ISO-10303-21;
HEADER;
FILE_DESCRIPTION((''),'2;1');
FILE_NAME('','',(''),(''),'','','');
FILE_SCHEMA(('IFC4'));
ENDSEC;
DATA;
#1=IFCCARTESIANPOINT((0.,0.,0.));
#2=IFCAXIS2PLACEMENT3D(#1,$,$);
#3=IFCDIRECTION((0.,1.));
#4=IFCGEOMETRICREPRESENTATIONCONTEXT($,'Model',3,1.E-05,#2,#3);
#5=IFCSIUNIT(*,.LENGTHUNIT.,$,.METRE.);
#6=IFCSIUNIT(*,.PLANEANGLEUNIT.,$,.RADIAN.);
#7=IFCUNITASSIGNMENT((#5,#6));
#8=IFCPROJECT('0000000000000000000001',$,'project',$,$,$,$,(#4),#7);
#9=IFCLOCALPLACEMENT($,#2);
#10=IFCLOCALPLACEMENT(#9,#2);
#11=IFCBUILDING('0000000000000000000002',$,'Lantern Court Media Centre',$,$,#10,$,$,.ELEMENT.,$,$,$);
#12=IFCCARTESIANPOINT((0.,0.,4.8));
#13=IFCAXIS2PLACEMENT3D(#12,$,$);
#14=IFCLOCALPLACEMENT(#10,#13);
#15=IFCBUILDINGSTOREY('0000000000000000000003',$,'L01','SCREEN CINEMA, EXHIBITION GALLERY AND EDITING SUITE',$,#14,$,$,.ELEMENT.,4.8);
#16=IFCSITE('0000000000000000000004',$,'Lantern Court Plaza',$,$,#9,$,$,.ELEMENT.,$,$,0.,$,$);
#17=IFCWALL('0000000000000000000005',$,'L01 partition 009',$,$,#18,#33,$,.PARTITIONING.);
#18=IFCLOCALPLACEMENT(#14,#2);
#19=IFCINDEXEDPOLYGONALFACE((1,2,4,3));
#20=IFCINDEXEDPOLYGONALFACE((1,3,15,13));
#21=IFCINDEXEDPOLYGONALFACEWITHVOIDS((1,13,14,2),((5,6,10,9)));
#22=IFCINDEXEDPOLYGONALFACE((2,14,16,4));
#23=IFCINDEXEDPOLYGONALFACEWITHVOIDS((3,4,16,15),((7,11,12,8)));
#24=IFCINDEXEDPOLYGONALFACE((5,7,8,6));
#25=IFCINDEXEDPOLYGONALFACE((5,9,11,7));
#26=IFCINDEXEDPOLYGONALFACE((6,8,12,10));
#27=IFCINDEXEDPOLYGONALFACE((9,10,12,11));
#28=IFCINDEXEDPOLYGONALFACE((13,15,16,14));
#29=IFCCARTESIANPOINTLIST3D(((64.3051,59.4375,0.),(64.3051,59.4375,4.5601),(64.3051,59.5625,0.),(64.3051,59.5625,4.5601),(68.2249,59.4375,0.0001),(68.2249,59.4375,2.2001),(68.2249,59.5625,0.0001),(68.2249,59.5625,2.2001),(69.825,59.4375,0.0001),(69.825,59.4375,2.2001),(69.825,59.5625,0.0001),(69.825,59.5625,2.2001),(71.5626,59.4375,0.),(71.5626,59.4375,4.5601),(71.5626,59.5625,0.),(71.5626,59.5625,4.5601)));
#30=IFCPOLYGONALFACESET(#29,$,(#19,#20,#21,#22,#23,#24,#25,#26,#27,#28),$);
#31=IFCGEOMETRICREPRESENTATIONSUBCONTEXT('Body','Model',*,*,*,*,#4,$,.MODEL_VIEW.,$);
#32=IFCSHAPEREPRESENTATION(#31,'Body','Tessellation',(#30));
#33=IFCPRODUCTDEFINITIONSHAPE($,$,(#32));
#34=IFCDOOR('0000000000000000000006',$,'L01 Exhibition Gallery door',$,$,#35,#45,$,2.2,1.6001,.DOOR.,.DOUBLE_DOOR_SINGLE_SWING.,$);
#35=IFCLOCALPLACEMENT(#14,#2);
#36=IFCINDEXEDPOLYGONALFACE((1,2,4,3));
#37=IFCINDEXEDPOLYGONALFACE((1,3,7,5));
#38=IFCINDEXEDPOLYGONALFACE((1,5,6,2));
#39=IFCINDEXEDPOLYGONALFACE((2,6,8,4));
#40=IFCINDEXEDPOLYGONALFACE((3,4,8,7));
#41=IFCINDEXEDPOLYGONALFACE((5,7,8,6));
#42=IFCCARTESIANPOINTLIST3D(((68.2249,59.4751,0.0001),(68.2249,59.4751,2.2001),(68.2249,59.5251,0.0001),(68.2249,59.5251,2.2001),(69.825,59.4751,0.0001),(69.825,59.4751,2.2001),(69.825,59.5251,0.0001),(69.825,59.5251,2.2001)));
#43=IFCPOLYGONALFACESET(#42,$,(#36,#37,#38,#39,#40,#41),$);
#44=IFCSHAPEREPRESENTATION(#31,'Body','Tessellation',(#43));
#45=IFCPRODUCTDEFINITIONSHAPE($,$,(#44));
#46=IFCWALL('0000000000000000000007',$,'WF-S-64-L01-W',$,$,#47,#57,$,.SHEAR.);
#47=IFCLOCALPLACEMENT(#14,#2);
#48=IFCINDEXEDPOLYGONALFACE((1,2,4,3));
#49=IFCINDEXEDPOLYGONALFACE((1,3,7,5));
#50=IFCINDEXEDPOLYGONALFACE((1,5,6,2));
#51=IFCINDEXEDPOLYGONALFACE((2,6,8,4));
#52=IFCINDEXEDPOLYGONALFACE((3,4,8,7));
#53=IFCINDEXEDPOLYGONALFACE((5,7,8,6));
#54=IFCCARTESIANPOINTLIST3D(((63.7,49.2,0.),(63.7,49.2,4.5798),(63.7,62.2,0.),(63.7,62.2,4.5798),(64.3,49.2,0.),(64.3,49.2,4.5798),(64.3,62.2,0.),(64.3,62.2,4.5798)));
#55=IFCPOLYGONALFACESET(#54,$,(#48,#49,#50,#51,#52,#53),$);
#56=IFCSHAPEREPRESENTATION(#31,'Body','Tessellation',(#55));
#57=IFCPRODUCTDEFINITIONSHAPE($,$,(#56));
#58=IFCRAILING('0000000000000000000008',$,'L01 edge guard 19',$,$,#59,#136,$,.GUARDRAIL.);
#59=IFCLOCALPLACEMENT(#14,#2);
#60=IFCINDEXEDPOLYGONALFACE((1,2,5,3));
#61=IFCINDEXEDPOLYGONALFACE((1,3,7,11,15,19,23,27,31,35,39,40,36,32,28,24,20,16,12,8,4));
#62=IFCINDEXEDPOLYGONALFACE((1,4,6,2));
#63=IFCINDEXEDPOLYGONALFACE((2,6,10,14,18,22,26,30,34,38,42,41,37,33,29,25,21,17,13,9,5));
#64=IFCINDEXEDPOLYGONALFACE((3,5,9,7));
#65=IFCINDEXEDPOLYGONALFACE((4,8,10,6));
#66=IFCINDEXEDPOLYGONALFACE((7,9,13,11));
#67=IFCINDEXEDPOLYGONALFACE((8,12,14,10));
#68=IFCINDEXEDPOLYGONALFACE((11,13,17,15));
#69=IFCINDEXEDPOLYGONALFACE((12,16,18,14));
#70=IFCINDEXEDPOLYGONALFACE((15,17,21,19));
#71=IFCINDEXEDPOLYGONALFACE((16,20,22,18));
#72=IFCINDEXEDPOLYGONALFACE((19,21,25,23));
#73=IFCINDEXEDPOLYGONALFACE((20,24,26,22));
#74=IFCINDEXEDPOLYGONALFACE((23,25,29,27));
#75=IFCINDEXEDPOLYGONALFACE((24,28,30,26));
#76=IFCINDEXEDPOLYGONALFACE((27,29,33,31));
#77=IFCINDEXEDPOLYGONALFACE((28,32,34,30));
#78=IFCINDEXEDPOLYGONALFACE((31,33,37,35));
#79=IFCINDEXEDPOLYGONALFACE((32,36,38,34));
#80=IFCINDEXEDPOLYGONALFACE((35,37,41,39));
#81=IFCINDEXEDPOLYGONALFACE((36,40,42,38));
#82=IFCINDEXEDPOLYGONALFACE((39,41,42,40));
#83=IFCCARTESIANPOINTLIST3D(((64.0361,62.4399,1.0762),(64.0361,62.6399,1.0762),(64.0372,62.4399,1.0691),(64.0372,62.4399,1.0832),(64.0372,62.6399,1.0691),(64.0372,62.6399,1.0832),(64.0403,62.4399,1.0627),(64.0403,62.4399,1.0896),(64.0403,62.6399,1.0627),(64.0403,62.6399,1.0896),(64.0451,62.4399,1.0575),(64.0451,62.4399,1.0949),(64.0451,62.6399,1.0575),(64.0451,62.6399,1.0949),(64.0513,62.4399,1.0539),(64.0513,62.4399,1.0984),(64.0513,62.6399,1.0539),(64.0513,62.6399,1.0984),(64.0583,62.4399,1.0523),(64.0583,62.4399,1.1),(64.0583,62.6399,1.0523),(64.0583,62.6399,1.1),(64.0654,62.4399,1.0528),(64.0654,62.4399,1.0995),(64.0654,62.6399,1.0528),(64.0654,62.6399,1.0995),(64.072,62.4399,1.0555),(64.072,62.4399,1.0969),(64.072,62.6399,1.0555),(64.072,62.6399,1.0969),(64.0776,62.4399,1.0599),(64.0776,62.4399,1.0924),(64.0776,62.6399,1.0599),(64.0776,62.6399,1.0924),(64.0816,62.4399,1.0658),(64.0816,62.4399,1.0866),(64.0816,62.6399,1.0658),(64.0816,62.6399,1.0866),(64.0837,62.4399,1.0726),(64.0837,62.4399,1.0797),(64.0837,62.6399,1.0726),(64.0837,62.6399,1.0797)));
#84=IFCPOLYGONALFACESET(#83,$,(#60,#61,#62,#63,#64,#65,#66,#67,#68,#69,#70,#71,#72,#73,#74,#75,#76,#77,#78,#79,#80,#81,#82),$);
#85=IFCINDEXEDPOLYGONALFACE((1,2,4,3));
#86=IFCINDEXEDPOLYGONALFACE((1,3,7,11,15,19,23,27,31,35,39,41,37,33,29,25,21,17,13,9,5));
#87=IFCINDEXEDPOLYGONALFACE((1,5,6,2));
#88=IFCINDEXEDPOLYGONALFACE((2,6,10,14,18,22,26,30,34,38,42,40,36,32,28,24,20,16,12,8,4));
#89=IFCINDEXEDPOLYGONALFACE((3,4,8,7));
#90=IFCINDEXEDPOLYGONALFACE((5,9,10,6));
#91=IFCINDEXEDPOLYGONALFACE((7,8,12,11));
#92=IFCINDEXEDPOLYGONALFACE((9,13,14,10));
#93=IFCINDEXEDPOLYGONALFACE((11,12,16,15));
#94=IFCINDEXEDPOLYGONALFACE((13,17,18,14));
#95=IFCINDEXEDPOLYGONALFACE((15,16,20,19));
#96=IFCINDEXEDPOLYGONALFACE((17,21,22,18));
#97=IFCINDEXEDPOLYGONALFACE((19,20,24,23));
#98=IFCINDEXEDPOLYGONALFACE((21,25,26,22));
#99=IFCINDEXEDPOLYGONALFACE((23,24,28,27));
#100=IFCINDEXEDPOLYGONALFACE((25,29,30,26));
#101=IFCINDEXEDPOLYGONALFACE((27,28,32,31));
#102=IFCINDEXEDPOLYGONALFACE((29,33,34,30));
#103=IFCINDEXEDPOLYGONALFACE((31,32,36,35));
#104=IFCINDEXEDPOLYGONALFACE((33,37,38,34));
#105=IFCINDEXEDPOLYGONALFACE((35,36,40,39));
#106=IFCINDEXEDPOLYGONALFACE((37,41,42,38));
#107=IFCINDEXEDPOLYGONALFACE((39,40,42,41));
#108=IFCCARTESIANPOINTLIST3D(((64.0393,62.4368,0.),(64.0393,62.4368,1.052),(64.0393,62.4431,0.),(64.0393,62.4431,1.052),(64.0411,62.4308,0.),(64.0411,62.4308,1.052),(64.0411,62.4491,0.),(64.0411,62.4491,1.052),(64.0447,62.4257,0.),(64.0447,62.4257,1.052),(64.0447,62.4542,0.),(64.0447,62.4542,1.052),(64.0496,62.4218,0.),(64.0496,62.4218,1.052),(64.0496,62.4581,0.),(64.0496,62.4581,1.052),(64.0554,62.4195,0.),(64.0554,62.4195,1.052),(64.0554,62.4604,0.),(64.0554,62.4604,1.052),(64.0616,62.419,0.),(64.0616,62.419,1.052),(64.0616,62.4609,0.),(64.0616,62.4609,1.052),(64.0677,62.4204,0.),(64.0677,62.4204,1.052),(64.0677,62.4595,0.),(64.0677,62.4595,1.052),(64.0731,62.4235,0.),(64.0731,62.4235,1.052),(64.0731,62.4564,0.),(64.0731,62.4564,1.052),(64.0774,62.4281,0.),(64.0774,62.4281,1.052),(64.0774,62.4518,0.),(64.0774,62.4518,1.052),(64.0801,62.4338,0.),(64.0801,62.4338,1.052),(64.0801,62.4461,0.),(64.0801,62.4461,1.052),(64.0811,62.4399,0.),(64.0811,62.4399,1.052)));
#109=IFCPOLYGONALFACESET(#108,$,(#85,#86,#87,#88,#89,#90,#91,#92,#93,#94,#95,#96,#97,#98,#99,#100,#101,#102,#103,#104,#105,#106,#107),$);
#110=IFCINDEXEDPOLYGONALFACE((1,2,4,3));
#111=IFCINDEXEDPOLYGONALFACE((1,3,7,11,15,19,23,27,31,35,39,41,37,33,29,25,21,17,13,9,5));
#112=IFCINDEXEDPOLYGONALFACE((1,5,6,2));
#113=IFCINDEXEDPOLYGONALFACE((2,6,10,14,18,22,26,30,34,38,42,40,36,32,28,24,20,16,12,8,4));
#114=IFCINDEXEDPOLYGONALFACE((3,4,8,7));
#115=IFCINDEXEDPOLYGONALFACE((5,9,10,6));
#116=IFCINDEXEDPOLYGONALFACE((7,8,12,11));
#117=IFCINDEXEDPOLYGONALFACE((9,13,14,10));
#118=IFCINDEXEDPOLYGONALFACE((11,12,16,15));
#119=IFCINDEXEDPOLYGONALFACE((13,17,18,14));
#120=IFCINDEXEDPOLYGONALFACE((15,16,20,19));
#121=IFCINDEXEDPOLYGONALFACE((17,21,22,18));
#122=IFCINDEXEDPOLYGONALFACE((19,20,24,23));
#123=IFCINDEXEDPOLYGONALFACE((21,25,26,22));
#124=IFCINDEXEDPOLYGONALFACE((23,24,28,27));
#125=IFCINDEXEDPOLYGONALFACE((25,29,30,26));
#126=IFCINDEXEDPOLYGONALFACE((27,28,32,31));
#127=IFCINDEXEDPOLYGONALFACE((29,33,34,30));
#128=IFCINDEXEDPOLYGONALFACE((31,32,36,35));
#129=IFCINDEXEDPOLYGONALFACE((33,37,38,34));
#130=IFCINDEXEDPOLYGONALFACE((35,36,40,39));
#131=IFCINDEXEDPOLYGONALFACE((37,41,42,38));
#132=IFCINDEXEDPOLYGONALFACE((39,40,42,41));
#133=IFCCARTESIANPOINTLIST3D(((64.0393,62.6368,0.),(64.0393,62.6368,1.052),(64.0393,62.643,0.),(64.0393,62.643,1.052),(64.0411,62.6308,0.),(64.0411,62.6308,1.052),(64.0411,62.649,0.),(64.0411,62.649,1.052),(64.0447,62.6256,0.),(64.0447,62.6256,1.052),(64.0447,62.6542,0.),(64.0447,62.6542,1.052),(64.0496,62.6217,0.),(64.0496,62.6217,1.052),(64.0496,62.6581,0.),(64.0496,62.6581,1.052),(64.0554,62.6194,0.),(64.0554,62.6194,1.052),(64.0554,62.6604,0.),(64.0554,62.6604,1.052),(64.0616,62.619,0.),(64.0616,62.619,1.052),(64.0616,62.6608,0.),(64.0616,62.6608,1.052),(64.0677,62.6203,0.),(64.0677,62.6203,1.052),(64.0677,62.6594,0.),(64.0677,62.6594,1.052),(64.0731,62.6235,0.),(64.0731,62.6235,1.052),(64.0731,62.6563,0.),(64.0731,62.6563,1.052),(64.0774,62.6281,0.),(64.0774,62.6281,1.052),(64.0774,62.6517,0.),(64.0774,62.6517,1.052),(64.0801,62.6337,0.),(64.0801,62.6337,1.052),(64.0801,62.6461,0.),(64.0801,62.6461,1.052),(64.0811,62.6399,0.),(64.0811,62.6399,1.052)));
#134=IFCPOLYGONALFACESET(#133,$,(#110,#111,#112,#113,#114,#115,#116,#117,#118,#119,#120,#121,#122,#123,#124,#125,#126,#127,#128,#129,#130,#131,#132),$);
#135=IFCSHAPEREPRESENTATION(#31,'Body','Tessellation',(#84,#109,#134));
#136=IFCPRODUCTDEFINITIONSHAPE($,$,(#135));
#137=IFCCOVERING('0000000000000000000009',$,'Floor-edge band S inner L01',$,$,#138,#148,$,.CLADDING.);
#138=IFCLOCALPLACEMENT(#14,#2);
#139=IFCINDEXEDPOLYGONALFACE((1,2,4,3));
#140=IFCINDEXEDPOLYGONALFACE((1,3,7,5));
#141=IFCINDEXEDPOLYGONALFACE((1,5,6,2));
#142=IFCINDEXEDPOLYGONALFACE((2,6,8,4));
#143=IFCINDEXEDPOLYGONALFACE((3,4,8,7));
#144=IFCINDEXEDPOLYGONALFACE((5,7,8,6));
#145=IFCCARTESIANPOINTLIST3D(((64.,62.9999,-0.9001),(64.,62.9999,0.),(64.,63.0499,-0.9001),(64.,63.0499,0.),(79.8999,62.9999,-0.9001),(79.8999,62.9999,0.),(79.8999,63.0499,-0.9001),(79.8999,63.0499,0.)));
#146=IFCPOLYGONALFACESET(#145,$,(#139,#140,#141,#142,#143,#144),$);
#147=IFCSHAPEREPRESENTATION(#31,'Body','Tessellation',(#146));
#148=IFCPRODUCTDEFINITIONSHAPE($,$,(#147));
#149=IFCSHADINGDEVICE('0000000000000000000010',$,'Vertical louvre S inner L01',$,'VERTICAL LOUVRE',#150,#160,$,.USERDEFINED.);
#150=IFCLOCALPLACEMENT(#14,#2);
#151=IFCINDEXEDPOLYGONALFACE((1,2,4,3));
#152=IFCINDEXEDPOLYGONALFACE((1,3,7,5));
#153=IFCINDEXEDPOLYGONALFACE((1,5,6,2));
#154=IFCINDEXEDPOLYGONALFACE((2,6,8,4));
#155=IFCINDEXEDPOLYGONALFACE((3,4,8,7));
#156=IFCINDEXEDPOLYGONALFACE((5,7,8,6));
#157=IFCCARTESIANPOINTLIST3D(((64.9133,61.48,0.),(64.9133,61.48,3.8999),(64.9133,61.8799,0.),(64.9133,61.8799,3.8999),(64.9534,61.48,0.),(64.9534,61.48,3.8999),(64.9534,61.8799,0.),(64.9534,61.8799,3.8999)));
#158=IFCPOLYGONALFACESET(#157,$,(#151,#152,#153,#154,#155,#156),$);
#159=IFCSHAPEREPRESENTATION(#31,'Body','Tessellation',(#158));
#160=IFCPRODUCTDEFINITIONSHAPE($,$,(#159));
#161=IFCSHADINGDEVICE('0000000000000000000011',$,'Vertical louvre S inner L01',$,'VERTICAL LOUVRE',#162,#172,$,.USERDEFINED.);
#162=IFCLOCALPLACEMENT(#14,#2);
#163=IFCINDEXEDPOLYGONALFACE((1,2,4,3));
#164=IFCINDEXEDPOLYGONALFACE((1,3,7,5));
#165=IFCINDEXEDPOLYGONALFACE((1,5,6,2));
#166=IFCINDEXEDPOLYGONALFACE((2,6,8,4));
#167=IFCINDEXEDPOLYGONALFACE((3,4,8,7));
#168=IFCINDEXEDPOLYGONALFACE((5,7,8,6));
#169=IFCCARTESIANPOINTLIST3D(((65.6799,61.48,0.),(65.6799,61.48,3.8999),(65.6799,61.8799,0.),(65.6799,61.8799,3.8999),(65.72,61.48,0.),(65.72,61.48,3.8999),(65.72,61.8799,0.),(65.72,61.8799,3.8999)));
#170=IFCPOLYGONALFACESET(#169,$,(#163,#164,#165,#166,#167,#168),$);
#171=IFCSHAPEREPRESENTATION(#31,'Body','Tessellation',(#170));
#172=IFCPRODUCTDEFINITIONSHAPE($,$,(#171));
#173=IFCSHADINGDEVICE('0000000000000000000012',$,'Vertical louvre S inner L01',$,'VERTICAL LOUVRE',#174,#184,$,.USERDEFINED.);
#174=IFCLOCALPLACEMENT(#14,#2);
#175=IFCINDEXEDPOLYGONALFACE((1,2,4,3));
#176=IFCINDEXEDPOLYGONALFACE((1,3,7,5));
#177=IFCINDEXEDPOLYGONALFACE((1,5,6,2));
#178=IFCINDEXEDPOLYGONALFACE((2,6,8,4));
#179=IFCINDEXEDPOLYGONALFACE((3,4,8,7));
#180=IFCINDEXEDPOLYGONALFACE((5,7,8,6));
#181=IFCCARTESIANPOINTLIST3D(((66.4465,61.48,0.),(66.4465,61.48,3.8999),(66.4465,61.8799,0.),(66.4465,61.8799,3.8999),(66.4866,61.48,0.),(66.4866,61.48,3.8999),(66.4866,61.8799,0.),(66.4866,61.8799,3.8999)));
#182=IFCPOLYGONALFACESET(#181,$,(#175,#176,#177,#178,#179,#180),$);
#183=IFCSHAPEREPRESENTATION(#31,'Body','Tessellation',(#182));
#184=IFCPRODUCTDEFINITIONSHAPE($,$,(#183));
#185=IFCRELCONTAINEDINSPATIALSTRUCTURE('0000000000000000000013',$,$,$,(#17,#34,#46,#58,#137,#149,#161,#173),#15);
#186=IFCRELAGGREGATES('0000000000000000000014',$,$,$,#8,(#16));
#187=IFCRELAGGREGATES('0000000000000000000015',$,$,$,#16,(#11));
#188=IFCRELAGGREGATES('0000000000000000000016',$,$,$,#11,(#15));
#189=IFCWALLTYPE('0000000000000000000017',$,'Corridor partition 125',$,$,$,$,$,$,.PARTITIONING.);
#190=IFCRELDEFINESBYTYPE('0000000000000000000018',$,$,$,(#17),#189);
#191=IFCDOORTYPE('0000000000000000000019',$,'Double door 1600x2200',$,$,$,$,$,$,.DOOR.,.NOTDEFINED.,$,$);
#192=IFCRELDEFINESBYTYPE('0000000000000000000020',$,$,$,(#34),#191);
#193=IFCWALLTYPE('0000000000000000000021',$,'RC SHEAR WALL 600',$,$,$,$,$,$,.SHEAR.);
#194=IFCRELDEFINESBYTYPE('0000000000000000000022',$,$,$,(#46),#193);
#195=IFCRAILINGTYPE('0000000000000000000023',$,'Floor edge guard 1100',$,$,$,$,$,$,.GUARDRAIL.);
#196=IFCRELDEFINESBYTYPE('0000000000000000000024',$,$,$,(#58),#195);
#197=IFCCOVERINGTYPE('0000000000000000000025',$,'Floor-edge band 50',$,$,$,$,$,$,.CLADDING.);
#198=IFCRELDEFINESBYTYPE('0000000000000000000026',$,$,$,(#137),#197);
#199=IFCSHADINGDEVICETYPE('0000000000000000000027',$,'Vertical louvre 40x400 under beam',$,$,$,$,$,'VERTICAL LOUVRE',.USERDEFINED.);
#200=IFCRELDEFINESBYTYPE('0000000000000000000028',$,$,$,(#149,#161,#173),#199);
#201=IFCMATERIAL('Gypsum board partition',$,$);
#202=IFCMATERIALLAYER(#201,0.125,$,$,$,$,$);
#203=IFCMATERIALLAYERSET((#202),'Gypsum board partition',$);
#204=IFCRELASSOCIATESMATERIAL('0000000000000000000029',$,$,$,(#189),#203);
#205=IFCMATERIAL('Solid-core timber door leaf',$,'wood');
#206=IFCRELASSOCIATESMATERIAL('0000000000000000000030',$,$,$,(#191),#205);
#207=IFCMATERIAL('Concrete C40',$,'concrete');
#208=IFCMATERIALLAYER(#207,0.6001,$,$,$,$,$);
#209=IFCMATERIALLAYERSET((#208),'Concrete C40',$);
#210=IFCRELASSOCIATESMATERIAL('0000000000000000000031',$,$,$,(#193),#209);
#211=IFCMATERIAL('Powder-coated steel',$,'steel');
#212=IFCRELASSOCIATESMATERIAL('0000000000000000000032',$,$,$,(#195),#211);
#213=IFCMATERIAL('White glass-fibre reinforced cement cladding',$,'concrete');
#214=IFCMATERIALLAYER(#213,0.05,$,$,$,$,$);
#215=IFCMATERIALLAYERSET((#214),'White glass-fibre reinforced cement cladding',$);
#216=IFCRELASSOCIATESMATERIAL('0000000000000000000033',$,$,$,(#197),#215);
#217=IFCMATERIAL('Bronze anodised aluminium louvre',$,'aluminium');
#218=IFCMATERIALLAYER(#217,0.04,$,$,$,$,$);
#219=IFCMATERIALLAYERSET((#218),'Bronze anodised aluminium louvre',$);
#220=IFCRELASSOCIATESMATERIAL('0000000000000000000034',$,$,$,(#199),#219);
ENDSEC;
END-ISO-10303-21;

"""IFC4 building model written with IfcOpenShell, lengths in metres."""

from ifc_helpers import new_model, si_unit, direction, frame, frame_2d, origin, origin_2d, place, context, subcontext, project, spatial, rectangle, circle, extrude, material, layer, layer_set, type_object, element, fill, save


model = new_model("IFC4")

# Units and contexts
model_context = context("Model", 3, precision=1e-05, world=origin(), true_north=direction((0.0, 1.0)))
body_context = subcontext(model_context, "Body", "Model", "MODEL_VIEW")
ifc_project = project(units=[si_unit("LENGTHUNIT", "METRE"), si_unit("PLANEANGLEUNIT", "RADIAN")], contexts=[model_context])

# Site, building, storey
site_placement = place(None, origin())
site = spatial("IfcSite", under=ifc_project, at=site_placement, Name="Lantern Court Plaza", CompositionType="ELEMENT", RefElevation=0.0)
building_placement = place(site_placement, origin())
building = spatial("IfcBuilding", under=site, at=building_placement, Name="Lantern Court Media Centre", CompositionType="ELEMENT")
storey_placement = place(building_placement, frame((0.0, 0.0, 4.8)))
storey = spatial("IfcBuildingStorey", under=building, at=storey_placement, Name="L01", Description="SCREEN CINEMA, EXHIBITION GALLERY AND EDITING SUITE", CompositionType="ELEMENT", Elevation=4.8)

# Wall, opening, door
ifc_material_1 = material(Name="Gypsum board partition")
ifc_layer_1 = layer(ifc_material_1, 0.125)
ifc_layer_set_1 = layer_set([ifc_layer_1], Name="Gypsum board partition")
wall_type_1 = type_object("IfcWallType", Name="Corridor partition 125", PredefinedType="PARTITIONING", material=ifc_layer_set_1)
wall_1_placement = place(storey_placement, frame((64.3049, 59.5, 0.0), z_axis=(0.0, 0.0, 1.0), x_axis=(1.0, 0.0, 0.0)))
wall_1 = element("IfcWall", 1, at=wall_1_placement, inside=storey, type_object=wall_type_1, Name="L01 partition 009", PredefinedType="PARTITIONING", context=body_context, shape_type="SweptSolid", body=[
    extrude(rectangle(XDim=7.2576, YDim=0.125, at=frame_2d((3.6289, 0.0))), origin(), (0.0, 0.0, 1.0), 4.5601),
])
opening_placement = place(wall_1_placement, frame((3.9199, 0.0, 0.0)))
opening = element("IfcOpeningElement", 2, at=opening_placement, cuts=wall_1, PredefinedType="OPENING", context=body_context, shape_type="SweptSolid", body=[
    extrude(rectangle(XDim=1.6001, YDim=2.2, at=frame_2d((0.8, 1.1001))), frame((0.0, 0.0725, 0.0), z_axis=(0.0, -1.0, 0.0), x_axis=(1.0, 0.0, 0.0)), (0.0, 0.0, 1.0), 0.145),
])
ifc_material_2 = material(Name="Solid-core timber door leaf", Category="wood")
door_type = type_object("IfcDoorType", Name="Double door 1600x2200", OperationType="NOTDEFINED", PredefinedType="DOOR", material=ifc_material_2)
door_placement = place(opening_placement, frame((1.6001, 0.0, 0.0), z_axis=(0.0, 0.0, 1.0), x_axis=(-1.0, 0.0, 0.0)))
door = element("IfcDoor", 3, at=door_placement, inside=storey, type_object=door_type, Name="L01 Exhibition Gallery door", OperationType="DOUBLE_DOOR_SINGLE_SWING", OverallHeight=2.2, OverallWidth=1.6001, PredefinedType="DOOR", context=body_context, shape_type="SweptSolid", body=[
    extrude(rectangle(XDim=1.6001, YDim=2.2, at=frame_2d((0.8, 1.1001))), frame((0.0, 0.0249, 0.0), z_axis=(0.0, -1.0, 0.0), x_axis=(1.0, 0.0, 0.0)), (0.0, 0.0, 1.0), 0.05),
])
fill(opening, door)

# Wall
ifc_material_3 = material(Name="Concrete C40", Category="concrete")
ifc_layer_2 = layer(ifc_material_3, 0.6001)
ifc_layer_set_2 = layer_set([ifc_layer_2], Name="Concrete C40")
wall_type_2 = type_object("IfcWallType", Name="RC SHEAR WALL 600", PredefinedType="SHEAR", material=ifc_layer_set_2)
wall_2_placement = place(storey_placement, frame((64.0, 49.2, 0.0), z_axis=(0.0, 0.0, 1.0), x_axis=(0.0, 1.0, 0.0)))
element("IfcWall", 4, at=wall_2_placement, inside=storey, type_object=wall_type_2, Name="WF-S-64-L01-W", PredefinedType="SHEAR", context=body_context, shape_type="SweptSolid", body=[
    extrude(rectangle(XDim=13.0, YDim=0.6001, at=frame_2d((6.5, 0.0))), origin(), (0.0, 0.0, 1.0), 4.5798),
])

# Railing
ifc_material_4 = material(Name="Powder-coated steel", Category="steel")
railing_type_1 = type_object("IfcRailingType", Name="Floor edge guard 1100", PredefinedType="GUARDRAIL", material=ifc_material_4)
railing_1_placement = place(storey_placement, frame((64.0601, 62.4399, 0.0)))
element("IfcRailing", 5, at=railing_1_placement, inside=storey, type_object=railing_type_1, Name="L01 edge guard 19", PredefinedType="GUARDRAIL", context=body_context, shape_type="SweptSolid", body=[
    extrude(circle(Radius=0.0239, at=origin_2d()), frame((0.0, 0.0, 1.0762), z_axis=(0.0, 1.0, 0.0), x_axis=(-1.0, 0.0, 0.0)), (0.0, 0.0, 1.0), 0.2),
    extrude(circle(Radius=0.021, at=origin_2d()), origin(), (0.0, 0.0, 1.0), 1.052),
    extrude(circle(Radius=0.021, at=origin_2d()), frame((0.0, 0.2, 0.0)), (0.0, 0.0, 1.0), 1.052),
])

# Covering
ifc_material_5 = material(Name="White glass-fibre reinforced cement cladding", Category="concrete")
ifc_layer_3 = layer(ifc_material_5, 0.05)
ifc_layer_set_3 = layer_set([ifc_layer_3], Name="White glass-fibre reinforced cement cladding")
covering_type = type_object("IfcCoveringType", Name="Floor-edge band 50", PredefinedType="CLADDING", material=ifc_layer_set_3)
covering_placement = place(storey_placement, frame((64.0, 63.0249, -0.9001), z_axis=(0.0, 0.0, 1.0), x_axis=(1.0, 0.0, 0.0)))
element("IfcCovering", 6, at=covering_placement, inside=storey, type_object=covering_type, Name="Floor-edge band S inner L01", PredefinedType="CLADDING", context=body_context, shape_type="SweptSolid", body=[
    extrude(rectangle(XDim=15.8999, YDim=0.05, at=frame_2d((7.95, 0.0))), origin(), (0.0, 0.0, 1.0), 0.9001),
])

# Shading devices
ifc_material_6 = material(Name="Bronze anodised aluminium louvre", Category="aluminium")
ifc_layer_4 = layer(ifc_material_6, 0.04)
ifc_layer_set_4 = layer_set([ifc_layer_4], Name="Bronze anodised aluminium louvre")
shading_device_type = type_object("IfcShadingDeviceType", Name="Vertical louvre 40x400 under beam", ElementType="VERTICAL LOUVRE", PredefinedType="USERDEFINED", material=ifc_layer_set_4)
for number, where, z_axis, x_axis, name in (
    (7, (64.9333, 61.6799, 0.0), (0.0, 0.0, 1.0), (1.0, 0.0, 0.0), "Vertical louvre S inner L01"),
    (8, (65.7, 61.6799, 0.0), (0.0, 0.0, 1.0), (1.0, 0.0, 0.0), "Vertical louvre S inner L01"),
    (9, (66.4666, 61.6799, 0.0), (0.0, 0.0, 1.0), (1.0, 0.0, 0.0), "Vertical louvre S inner L01"),
):
    element("IfcShadingDevice", number, at=place(storey_placement, frame(where, z_axis=z_axis, x_axis=x_axis)), inside=storey, type_object=shading_device_type, Name=name, ObjectType="VERTICAL LOUVRE", PredefinedType="USERDEFINED", context=body_context, shape_type="SweptSolid", body=[
        extrude(rectangle(XDim=0.04, YDim=0.3999, at=origin_2d()), origin(), (0.0, 0.0, 1.0), 3.8999),
    ])

save(model, "model.ifc")
